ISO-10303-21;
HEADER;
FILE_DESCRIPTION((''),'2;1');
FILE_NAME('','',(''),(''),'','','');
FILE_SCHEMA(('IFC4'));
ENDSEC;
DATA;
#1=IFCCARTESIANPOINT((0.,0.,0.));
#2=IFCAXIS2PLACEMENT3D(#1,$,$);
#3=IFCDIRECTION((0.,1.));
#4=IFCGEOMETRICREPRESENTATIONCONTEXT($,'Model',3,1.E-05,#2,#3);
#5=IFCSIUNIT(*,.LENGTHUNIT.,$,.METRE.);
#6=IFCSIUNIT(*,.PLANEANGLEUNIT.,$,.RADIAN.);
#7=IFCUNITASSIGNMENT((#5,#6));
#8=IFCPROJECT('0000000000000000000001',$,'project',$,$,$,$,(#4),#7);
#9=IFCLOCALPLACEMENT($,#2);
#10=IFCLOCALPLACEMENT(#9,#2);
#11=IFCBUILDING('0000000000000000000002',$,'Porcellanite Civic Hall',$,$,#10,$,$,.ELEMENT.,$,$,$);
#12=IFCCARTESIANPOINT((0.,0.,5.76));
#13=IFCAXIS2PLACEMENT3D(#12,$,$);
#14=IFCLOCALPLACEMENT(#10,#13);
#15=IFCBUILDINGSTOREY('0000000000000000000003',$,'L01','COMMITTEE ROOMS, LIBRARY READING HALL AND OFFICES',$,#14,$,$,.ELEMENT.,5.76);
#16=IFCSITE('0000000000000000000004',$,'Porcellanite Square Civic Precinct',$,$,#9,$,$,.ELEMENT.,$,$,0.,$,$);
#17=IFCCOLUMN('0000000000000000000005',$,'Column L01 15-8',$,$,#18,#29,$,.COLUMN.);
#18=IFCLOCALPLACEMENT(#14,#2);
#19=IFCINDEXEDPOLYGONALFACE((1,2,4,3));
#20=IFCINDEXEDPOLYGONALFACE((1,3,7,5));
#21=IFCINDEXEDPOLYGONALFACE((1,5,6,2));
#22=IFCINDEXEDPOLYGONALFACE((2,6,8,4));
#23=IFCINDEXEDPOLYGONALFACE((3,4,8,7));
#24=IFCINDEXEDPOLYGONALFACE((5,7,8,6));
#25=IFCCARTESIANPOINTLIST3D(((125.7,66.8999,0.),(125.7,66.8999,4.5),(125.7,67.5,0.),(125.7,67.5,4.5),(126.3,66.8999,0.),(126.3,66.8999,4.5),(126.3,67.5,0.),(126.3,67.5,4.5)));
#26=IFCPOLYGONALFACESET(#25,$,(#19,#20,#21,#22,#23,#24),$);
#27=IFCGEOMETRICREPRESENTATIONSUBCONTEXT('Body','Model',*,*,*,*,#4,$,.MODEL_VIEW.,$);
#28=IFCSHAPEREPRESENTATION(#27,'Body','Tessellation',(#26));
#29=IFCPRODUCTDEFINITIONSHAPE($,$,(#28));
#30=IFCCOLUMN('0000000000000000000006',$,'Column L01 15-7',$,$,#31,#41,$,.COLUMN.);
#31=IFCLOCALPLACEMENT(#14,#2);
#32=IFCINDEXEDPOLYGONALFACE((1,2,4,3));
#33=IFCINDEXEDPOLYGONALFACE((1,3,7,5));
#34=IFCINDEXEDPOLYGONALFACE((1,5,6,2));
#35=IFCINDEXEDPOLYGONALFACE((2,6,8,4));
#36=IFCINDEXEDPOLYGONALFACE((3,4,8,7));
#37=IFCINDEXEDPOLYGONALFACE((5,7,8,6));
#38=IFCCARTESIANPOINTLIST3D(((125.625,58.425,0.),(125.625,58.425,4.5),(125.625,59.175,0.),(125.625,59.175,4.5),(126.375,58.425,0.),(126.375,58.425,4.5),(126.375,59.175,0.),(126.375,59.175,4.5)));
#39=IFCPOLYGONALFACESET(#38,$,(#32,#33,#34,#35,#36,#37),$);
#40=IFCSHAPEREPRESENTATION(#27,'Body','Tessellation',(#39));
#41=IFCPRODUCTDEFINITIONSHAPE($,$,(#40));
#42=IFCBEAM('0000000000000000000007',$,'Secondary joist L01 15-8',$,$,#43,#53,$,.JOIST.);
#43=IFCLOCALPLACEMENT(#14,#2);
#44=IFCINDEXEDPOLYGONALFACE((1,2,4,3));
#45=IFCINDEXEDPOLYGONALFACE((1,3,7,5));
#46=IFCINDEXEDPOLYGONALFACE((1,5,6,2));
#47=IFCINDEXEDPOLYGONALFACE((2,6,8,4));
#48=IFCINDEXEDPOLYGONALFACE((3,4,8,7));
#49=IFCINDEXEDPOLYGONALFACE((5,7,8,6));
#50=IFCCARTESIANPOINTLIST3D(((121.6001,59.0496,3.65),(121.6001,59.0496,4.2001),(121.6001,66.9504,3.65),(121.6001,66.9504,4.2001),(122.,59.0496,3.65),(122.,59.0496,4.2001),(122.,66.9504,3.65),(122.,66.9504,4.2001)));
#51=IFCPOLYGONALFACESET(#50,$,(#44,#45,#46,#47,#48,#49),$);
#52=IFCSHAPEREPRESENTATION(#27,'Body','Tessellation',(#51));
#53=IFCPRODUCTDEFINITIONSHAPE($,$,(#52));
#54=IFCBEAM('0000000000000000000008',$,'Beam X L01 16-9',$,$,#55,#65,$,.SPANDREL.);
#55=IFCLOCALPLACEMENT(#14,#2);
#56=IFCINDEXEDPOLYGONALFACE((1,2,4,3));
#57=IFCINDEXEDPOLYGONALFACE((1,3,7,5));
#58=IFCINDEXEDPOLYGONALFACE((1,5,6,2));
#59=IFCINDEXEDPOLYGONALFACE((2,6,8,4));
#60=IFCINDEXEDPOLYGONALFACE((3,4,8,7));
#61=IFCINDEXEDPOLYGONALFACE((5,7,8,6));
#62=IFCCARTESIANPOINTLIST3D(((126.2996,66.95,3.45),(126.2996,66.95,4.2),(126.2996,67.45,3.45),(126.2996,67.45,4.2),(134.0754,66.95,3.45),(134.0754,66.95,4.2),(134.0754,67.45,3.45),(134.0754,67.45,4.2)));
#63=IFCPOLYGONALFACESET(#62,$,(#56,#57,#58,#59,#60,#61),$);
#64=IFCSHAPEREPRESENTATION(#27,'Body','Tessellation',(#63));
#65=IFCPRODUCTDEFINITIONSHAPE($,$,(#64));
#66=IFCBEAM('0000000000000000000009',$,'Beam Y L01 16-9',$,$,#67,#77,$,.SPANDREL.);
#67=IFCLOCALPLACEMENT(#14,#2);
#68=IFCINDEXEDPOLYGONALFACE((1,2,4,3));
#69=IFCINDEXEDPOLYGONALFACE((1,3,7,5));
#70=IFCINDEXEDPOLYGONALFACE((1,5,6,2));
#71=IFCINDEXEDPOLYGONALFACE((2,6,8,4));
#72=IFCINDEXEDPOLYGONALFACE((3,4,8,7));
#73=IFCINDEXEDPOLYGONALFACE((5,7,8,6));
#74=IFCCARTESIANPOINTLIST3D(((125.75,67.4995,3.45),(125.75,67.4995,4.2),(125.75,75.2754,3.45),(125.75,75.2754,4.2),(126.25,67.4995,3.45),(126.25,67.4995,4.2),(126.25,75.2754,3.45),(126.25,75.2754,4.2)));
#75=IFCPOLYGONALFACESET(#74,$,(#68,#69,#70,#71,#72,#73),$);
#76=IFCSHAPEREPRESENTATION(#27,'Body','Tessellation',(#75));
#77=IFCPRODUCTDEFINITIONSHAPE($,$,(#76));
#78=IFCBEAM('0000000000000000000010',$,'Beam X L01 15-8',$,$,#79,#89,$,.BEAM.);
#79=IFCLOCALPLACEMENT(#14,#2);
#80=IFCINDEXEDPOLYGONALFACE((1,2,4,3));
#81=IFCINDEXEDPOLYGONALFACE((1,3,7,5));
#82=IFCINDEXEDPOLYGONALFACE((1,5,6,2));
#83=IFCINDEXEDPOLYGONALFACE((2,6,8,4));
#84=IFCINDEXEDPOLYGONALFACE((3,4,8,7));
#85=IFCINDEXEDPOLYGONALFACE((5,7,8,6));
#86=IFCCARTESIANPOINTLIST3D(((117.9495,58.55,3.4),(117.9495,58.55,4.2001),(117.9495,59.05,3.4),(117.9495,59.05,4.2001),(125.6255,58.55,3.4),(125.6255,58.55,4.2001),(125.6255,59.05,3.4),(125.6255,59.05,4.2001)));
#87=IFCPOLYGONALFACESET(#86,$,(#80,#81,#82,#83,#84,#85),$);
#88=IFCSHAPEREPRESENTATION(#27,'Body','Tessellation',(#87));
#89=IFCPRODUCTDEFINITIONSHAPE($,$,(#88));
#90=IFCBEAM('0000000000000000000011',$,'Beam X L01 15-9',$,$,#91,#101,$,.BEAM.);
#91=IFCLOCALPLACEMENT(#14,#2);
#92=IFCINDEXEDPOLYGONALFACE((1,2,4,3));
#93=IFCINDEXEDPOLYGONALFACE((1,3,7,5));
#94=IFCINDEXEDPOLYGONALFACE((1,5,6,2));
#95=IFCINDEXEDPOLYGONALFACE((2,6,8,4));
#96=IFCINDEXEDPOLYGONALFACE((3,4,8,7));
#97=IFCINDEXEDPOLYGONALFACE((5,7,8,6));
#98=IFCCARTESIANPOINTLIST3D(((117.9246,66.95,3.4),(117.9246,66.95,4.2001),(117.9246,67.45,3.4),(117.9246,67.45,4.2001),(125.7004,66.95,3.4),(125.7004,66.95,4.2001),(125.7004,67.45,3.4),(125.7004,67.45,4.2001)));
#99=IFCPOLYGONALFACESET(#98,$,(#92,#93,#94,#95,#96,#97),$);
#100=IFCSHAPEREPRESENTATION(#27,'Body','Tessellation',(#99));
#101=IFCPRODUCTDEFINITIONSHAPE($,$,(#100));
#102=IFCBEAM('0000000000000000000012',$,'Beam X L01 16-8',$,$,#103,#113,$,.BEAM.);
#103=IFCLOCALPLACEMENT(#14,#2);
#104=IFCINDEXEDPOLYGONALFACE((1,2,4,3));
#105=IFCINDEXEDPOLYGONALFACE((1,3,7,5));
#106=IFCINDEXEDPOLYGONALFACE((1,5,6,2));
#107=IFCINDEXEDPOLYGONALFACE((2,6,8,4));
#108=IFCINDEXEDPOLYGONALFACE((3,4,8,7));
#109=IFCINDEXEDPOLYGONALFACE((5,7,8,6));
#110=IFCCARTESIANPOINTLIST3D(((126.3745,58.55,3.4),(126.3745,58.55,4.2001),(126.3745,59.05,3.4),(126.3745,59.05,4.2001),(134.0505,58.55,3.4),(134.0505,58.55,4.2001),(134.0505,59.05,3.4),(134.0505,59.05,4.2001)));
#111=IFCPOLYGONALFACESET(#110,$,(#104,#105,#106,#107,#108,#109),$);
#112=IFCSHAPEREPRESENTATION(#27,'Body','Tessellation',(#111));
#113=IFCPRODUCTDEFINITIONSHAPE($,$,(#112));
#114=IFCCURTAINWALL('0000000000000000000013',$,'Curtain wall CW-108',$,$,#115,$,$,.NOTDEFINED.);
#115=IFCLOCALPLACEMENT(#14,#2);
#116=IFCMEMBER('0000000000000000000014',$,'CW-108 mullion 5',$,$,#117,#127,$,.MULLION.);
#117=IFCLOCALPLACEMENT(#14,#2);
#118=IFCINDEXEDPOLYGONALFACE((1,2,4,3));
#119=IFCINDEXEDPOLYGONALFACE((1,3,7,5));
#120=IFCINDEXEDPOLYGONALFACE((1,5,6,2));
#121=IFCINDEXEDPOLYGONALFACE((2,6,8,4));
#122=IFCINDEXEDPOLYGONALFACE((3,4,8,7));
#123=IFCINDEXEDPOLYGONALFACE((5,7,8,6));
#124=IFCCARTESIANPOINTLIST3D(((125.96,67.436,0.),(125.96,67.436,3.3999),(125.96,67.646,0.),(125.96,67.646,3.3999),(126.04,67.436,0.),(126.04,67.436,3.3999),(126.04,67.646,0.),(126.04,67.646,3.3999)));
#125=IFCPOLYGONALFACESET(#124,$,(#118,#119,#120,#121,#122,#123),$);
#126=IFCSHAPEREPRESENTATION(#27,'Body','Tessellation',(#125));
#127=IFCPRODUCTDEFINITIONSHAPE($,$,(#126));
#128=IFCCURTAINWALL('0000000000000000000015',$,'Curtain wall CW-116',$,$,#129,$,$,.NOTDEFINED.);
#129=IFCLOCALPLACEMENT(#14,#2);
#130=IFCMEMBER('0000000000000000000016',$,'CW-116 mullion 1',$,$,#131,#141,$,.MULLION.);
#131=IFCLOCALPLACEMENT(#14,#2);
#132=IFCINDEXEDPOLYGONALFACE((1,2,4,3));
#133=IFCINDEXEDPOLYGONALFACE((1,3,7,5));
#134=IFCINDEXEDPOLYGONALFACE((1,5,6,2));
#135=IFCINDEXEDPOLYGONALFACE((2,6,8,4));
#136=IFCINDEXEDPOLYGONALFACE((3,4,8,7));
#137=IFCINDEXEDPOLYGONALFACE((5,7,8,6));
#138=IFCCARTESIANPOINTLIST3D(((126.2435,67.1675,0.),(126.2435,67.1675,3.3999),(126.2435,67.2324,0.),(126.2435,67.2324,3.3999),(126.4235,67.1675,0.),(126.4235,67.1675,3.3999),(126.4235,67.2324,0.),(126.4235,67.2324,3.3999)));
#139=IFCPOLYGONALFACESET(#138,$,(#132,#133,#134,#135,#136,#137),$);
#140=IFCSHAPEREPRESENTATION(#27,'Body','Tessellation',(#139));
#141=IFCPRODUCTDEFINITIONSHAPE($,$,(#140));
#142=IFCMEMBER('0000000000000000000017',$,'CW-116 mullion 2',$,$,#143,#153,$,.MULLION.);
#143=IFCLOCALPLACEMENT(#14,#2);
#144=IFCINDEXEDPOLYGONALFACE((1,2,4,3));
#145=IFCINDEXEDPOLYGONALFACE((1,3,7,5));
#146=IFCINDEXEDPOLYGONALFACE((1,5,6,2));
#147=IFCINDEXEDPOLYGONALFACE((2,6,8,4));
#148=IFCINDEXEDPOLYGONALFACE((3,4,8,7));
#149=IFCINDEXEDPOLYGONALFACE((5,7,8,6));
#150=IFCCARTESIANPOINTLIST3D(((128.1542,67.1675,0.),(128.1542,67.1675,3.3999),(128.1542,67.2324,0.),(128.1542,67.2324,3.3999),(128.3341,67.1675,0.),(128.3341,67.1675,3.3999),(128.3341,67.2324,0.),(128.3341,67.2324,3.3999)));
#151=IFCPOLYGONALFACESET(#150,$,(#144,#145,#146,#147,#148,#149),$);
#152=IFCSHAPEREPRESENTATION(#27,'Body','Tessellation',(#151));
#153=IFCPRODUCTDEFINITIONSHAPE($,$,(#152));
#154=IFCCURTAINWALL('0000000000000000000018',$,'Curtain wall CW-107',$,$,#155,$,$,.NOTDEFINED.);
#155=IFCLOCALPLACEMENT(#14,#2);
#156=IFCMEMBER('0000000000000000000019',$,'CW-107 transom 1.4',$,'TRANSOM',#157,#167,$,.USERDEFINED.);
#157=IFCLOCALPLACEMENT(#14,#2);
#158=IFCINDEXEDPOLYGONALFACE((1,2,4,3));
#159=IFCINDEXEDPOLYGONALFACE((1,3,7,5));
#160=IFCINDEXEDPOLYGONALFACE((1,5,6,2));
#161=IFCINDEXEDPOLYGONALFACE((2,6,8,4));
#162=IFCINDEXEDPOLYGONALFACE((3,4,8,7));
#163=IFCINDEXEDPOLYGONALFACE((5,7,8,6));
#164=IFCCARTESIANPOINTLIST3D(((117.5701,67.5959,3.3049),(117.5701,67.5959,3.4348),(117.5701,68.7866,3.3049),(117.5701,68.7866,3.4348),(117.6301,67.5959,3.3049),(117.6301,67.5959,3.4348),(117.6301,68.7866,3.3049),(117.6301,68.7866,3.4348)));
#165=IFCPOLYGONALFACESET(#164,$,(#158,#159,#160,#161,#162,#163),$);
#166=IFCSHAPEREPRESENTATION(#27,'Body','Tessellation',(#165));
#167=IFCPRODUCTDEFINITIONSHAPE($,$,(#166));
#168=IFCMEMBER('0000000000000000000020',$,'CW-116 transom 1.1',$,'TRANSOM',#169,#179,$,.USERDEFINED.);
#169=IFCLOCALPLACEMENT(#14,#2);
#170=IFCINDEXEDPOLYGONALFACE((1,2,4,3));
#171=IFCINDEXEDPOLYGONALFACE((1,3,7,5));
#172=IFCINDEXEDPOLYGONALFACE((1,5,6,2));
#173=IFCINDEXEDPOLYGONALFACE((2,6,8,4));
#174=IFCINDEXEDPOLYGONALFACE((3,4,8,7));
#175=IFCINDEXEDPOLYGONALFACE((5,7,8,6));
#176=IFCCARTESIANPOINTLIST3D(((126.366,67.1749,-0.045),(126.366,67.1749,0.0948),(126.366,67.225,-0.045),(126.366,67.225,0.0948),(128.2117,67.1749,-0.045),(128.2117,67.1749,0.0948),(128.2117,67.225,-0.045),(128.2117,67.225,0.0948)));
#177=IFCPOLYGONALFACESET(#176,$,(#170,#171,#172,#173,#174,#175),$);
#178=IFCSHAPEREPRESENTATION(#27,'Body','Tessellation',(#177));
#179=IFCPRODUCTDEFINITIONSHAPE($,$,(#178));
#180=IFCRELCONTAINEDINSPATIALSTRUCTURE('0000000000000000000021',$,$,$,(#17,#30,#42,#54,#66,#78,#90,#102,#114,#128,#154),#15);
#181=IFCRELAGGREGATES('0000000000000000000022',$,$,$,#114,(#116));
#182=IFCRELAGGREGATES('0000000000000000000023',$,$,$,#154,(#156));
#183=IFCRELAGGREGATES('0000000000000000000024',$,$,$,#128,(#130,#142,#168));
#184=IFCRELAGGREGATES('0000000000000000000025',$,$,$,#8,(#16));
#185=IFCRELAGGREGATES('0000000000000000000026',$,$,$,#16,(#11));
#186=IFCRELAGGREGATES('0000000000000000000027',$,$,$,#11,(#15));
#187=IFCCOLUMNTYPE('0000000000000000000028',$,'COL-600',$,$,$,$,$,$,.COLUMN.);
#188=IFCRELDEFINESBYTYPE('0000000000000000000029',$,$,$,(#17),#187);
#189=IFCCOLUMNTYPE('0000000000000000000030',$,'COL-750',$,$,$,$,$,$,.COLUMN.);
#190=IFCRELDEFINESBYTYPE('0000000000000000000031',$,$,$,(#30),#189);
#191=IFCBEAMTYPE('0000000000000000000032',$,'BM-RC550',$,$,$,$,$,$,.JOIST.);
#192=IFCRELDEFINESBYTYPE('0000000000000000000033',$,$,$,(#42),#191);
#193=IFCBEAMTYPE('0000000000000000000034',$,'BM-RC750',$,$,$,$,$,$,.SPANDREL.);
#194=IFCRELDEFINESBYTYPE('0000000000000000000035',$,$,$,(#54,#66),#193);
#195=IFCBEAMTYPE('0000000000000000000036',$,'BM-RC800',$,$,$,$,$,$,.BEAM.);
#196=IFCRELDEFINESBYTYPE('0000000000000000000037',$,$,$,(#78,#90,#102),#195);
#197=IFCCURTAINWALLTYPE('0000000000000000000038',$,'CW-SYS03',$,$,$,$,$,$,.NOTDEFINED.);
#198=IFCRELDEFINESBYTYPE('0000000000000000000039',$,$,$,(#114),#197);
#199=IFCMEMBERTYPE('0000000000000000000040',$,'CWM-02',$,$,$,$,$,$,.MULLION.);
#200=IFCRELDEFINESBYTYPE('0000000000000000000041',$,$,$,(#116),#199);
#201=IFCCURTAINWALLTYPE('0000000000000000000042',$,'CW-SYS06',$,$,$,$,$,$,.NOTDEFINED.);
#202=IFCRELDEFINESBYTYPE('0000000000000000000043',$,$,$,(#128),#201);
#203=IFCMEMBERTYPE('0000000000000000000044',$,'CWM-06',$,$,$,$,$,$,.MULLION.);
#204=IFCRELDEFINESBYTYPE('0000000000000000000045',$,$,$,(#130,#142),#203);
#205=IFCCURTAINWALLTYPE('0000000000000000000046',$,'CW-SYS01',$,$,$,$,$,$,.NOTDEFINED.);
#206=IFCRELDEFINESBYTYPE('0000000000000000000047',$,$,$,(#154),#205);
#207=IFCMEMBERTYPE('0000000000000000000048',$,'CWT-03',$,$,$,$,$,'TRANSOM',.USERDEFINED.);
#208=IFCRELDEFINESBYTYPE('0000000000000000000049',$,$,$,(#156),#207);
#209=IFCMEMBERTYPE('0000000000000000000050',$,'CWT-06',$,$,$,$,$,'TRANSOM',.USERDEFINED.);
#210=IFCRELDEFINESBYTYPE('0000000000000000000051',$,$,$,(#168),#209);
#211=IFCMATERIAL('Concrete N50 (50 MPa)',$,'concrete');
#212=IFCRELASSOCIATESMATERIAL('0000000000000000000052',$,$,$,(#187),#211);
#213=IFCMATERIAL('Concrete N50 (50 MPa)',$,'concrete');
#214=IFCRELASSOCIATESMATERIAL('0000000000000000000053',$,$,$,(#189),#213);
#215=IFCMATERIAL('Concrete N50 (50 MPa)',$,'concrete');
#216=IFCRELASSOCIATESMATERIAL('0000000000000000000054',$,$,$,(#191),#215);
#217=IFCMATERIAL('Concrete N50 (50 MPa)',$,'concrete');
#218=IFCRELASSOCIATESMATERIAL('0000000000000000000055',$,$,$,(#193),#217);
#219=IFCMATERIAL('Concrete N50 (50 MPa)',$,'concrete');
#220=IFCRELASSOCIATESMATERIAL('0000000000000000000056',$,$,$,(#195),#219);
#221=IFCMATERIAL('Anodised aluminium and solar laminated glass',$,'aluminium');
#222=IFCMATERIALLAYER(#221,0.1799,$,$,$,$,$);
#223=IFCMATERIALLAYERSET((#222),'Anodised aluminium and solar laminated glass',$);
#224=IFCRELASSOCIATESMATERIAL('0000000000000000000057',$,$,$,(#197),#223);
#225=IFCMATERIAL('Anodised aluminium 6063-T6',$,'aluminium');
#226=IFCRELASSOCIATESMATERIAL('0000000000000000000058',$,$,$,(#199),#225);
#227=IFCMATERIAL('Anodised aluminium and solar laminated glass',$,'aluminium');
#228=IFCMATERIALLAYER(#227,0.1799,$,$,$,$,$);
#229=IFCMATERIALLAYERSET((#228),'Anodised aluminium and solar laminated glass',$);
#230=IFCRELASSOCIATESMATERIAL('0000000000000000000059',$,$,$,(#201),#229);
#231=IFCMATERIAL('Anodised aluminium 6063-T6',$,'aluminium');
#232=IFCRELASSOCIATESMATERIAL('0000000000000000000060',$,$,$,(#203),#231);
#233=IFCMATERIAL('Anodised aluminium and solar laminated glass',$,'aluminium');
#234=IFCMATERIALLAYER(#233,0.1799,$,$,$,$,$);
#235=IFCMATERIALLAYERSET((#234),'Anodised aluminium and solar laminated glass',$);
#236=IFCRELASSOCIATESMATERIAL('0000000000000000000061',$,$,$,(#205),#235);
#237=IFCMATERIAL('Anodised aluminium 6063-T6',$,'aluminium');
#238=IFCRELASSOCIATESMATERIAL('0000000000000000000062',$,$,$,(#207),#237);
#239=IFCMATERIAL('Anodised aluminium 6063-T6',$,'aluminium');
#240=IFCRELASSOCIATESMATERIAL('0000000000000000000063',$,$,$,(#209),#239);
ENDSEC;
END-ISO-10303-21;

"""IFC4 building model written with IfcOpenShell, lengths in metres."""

from ifc_helpers import new_model, si_unit, direction, frame, origin, origin_2d, place, context, subcontext, project, spatial, rectangle, extrude, material, layer, layer_set, material_profile, profile_set, type_object, element, aggregate, save


model = new_model("IFC4")

# Units and contexts
model_context = context("Model", 3, precision=1e-05, world=origin(), true_north=direction((0.0, 1.0)))
body_context = subcontext(model_context, "Body", "Model", "MODEL_VIEW")
ifc_project = project(units=[si_unit("LENGTHUNIT", "METRE"), si_unit("PLANEANGLEUNIT", "RADIAN")], contexts=[model_context])

# Site, building, storey
site_placement = place(None, origin())
site = spatial("IfcSite", under=ifc_project, at=site_placement, Name="Porcellanite Square Civic Precinct", CompositionType="ELEMENT", RefElevation=0.0)
building_placement = place(site_placement, origin())
building = spatial("IfcBuilding", under=site, at=building_placement, Name="Porcellanite Civic Hall", CompositionType="ELEMENT")
storey_placement = place(building_placement, frame((0.0, 0.0, 5.76)))
storey = spatial("IfcBuildingStorey", under=building, at=storey_placement, Name="L01", Description="COMMITTEE ROOMS, LIBRARY READING HALL AND OFFICES", CompositionType="ELEMENT", Elevation=5.76)

# Columns
ifc_material_1 = material(Name="Concrete N50 (50 MPa)", Category="concrete")
ifc_material_profile_1 = material_profile(ifc_material_1, rectangle(XDim=0.6001, YDim=0.6001, at=origin_2d()), Name="RC-600x600")
ifc_profile_set_1 = profile_set([ifc_material_profile_1], Name="Concrete N50 (50 MPa)")
column_type_1 = type_object("IfcColumnType", Name="COL-600", PredefinedType="COLUMN", material=ifc_profile_set_1)
column_1_placement = place(storey_placement, frame((126.0, 67.2, 0.0), z_axis=(0.0, 0.0, 1.0), x_axis=(1.0, 0.0, 0.0)))
element("IfcColumn", 1, at=column_1_placement, inside=storey, type_object=column_type_1, Name="Column L01 15-8", PredefinedType="COLUMN", context=body_context, shape_type="SweptSolid", body=[
    extrude(rectangle(XDim=0.6001, YDim=0.6001, at=origin_2d()), origin(), (0.0, 0.0, 1.0), 4.5),
])
ifc_material_2 = material(Name="Concrete N50 (50 MPa)", Category="concrete")
ifc_material_profile_2 = material_profile(ifc_material_2, rectangle(XDim=0.75, YDim=0.75, at=origin_2d()), Name="RC-750x750")
ifc_profile_set_2 = profile_set([ifc_material_profile_2], Name="Concrete N50 (50 MPa)")
column_type_2 = type_object("IfcColumnType", Name="COL-750", PredefinedType="COLUMN", material=ifc_profile_set_2)
column_2_placement = place(storey_placement, frame((126.0, 58.8, 0.0), z_axis=(0.0, 0.0, 1.0), x_axis=(1.0, 0.0, 0.0)))
element("IfcColumn", 2, at=column_2_placement, inside=storey, type_object=column_type_2, Name="Column L01 15-7", PredefinedType="COLUMN", context=body_context, shape_type="SweptSolid", body=[
    extrude(rectangle(XDim=0.75, YDim=0.75, at=origin_2d()), origin(), (0.0, 0.0, 1.0), 4.5),
])

# Beams
ifc_material_3 = material(Name="Concrete N50 (50 MPa)", Category="concrete")
ifc_material_profile_3 = material_profile(ifc_material_3, rectangle(XDim=0.3999, YDim=0.55, at=origin_2d()), Name="RC-400x550")
ifc_profile_set_3 = profile_set([ifc_material_profile_3], Name="Concrete N50 (50 MPa)")
beam_type_1 = type_object("IfcBeamType", Name="BM-RC550", PredefinedType="JOIST", material=ifc_profile_set_3)
beam_1_placement = place(storey_placement, frame((121.8, 59.0496, 3.925), z_axis=(0.0, 1.0, 0.0), x_axis=(-1.0, 0.0, 0.0)))
element("IfcBeam", 3, at=beam_1_placement, inside=storey, type_object=beam_type_1, Name="Secondary joist L01 15-8", PredefinedType="JOIST", context=body_context, shape_type="SweptSolid", body=[
    extrude(rectangle(XDim=0.3999, YDim=0.55, at=origin_2d()), origin(), (0.0, 0.0, 1.0), 7.9009),
])
ifc_material_4 = material(Name="Concrete N50 (50 MPa)", Category="concrete")
ifc_material_profile_4 = material_profile(ifc_material_4, rectangle(XDim=0.5, YDim=0.75, at=origin_2d()), Name="RC-500x750")
ifc_profile_set_4 = profile_set([ifc_material_profile_4], Name="Concrete N50 (50 MPa)")
beam_type_2 = type_object("IfcBeamType", Name="BM-RC750", PredefinedType="SPANDREL", material=ifc_profile_set_4)
for number, where, z_axis, x_axis, name in (
    (4, (126.2996, 67.2, 3.825), (1.0, 0.0, 0.0), (0.0, 1.0, 0.0), "Beam X L01 16-9"),
    (5, (126.0, 67.4995, 3.825), (0.0, 1.0, 0.0), (-1.0, 0.0, 0.0), "Beam Y L01 16-9"),
):
    element("IfcBeam", number, at=place(storey_placement, frame(where, z_axis=z_axis, x_axis=x_axis)), inside=storey, type_object=beam_type_2, Name=name, PredefinedType="SPANDREL", context=body_context, shape_type="SweptSolid", body=[
        extrude(rectangle(XDim=0.5, YDim=0.75, at=origin_2d()), origin(), (0.0, 0.0, 1.0), 7.7759),
    ])
ifc_material_5 = material(Name="Concrete N50 (50 MPa)", Category="concrete")
ifc_material_profile_5 = material_profile(ifc_material_5, rectangle(XDim=0.5, YDim=0.8, at=origin_2d()), Name="RC-500x800")
ifc_profile_set_5 = profile_set([ifc_material_profile_5], Name="Concrete N50 (50 MPa)")
beam_type_3 = type_object("IfcBeamType", Name="BM-RC800", PredefinedType="BEAM", material=ifc_profile_set_5)
beam_2_placement = place(storey_placement, frame((117.9495, 58.8, 3.8), z_axis=(1.0, 0.0, 0.0), x_axis=(0.0, 1.0, 0.0)))
element("IfcBeam", 6, at=beam_2_placement, inside=storey, type_object=beam_type_3, Name="Beam X L01 15-8", PredefinedType="BEAM", context=body_context, shape_type="SweptSolid", body=[
    extrude(rectangle(XDim=0.5, YDim=0.8, at=origin_2d()), origin(), (0.0, 0.0, 1.0), 7.676),
])
beam_3_placement = place(storey_placement, frame((117.9246, 67.2, 3.8), z_axis=(1.0, 0.0, 0.0), x_axis=(0.0, 1.0, 0.0)))
element("IfcBeam", 7, at=beam_3_placement, inside=storey, type_object=beam_type_3, Name="Beam X L01 15-9", PredefinedType="BEAM", context=body_context, shape_type="SweptSolid", body=[
    extrude(rectangle(XDim=0.5, YDim=0.8, at=origin_2d()), origin(), (0.0, 0.0, 1.0), 7.7759),
])
beam_4_placement = place(storey_placement, frame((126.3745, 58.8, 3.8), z_axis=(1.0, 0.0, 0.0), x_axis=(0.0, 1.0, 0.0)))
element("IfcBeam", 8, at=beam_4_placement, inside=storey, type_object=beam_type_3, Name="Beam X L01 16-8", PredefinedType="BEAM", context=body_context, shape_type="SweptSolid", body=[
    extrude(rectangle(XDim=0.5, YDim=0.8, at=origin_2d()), origin(), (0.0, 0.0, 1.0), 7.676),
])

# Curtain wall, member
ifc_material_6 = material(Name="Anodised aluminium and solar laminated glass", Category="aluminium")
ifc_layer_1 = layer(ifc_material_6, 0.1799)
ifc_layer_set_1 = layer_set([ifc_layer_1], Name="Anodised aluminium and solar laminated glass")
curtain_wall_type_1 = type_object("IfcCurtainWallType", Name="CW-SYS03", PredefinedType="NOTDEFINED", material=ifc_layer_set_1)
curtain_wall_1_placement = place(storey_placement, origin())
curtain_wall_1 = element("IfcCurtainWall", 9, at=curtain_wall_1_placement, inside=storey, type_object=curtain_wall_type_1, Name="Curtain wall CW-108", PredefinedType="NOTDEFINED")
ifc_material_7 = material(Name="Anodised aluminium 6063-T6", Category="aluminium")
ifc_material_profile_6 = material_profile(ifc_material_7, rectangle(XDim=0.0801, YDim=0.21, at=origin_2d()), Name="AL-80x210")
ifc_profile_set_6 = profile_set([ifc_material_profile_6], Name="Anodised aluminium 6063-T6")
member_type_1 = type_object("IfcMemberType", Name="CWM-02", PredefinedType="MULLION", material=ifc_profile_set_6)
member_1_placement = place(storey_placement, frame((126.0, 67.541, 0.0), z_axis=(0.0, 0.0, 1.0), x_axis=(1.0, 0.0, 0.0)))
member_1 = element("IfcMember", 10, at=member_1_placement, type_object=member_type_1, Name="CW-108 mullion 5", PredefinedType="MULLION", context=body_context, shape_type="SweptSolid", body=[
    extrude(rectangle(XDim=0.0801, YDim=0.21, at=origin_2d()), origin(), (0.0, 0.0, 1.0), 3.3999),
])
aggregate(curtain_wall_1, [member_1])

# Curtain wall, members
ifc_material_8 = material(Name="Anodised aluminium and solar laminated glass", Category="aluminium")
ifc_layer_2 = layer(ifc_material_8, 0.1799)
ifc_layer_set_2 = layer_set([ifc_layer_2], Name="Anodised aluminium and solar laminated glass")
curtain_wall_type_2 = type_object("IfcCurtainWallType", Name="CW-SYS06", PredefinedType="NOTDEFINED", material=ifc_layer_set_2)
curtain_wall_2_placement = place(storey_placement, origin())
curtain_wall_2 = element("IfcCurtainWall", 11, at=curtain_wall_2_placement, inside=storey, type_object=curtain_wall_type_2, Name="Curtain wall CW-116", PredefinedType="NOTDEFINED")
ifc_material_9 = material(Name="Anodised aluminium 6063-T6", Category="aluminium")
ifc_material_profile_7 = material_profile(ifc_material_9, rectangle(XDim=0.0649, YDim=0.1799, at=origin_2d()), Name="AL-65x180")
ifc_profile_set_7 = profile_set([ifc_material_profile_7], Name="Anodised aluminium 6063-T6")
member_type_2 = type_object("IfcMemberType", Name="CWM-06", PredefinedType="MULLION", material=ifc_profile_set_7)
member_2_placement = place(storey_placement, frame((126.3335, 67.2, 0.0), z_axis=(0.0, 0.0, 1.0), x_axis=(0.0, 1.0, 0.0)))
member_2 = element("IfcMember", 12, at=member_2_placement, type_object=member_type_2, Name="CW-116 mullion 1", PredefinedType="MULLION", context=body_context, shape_type="SweptSolid", body=[
    extrude(rectangle(XDim=0.0649, YDim=0.1799, at=origin_2d()), origin(), (0.0, 0.0, 1.0), 3.3999),
])
member_3_placement = place(storey_placement, frame((128.2441, 67.2, 0.0), z_axis=(0.0, 0.0, 1.0), x_axis=(0.0, 1.0, 0.0)))
member_3 = element("IfcMember", 13, at=member_3_placement, type_object=member_type_2, Name="CW-116 mullion 2", PredefinedType="MULLION", context=body_context, shape_type="SweptSolid", body=[
    extrude(rectangle(XDim=0.0649, YDim=0.1799, at=origin_2d()), origin(), (0.0, 0.0, 1.0), 3.3999),
])

# Curtain wall, member
ifc_material_10 = material(Name="Anodised aluminium and solar laminated glass", Category="aluminium")
ifc_layer_3 = layer(ifc_material_10, 0.1799)
ifc_layer_set_3 = layer_set([ifc_layer_3], Name="Anodised aluminium and solar laminated glass")
curtain_wall_type_3 = type_object("IfcCurtainWallType", Name="CW-SYS01", PredefinedType="NOTDEFINED", material=ifc_layer_set_3)
curtain_wall_3_placement = place(storey_placement, origin())
curtain_wall_3 = element("IfcCurtainWall", 14, at=curtain_wall_3_placement, inside=storey, type_object=curtain_wall_type_3, Name="Curtain wall CW-107", PredefinedType="NOTDEFINED")
ifc_material_11 = material(Name="Anodised aluminium 6063-T6", Category="aluminium")
ifc_material_profile_8 = material_profile(ifc_material_11, rectangle(XDim=0.0601, YDim=0.1299, at=origin_2d()), Name="AL-60x130")
ifc_profile_set_8 = profile_set([ifc_material_profile_8], Name="Anodised aluminium 6063-T6")
member_type_3 = type_object("IfcMemberType", Name="CWT-03", ElementType="TRANSOM", PredefinedType="USERDEFINED", material=ifc_profile_set_8)
member_4_placement = place(storey_placement, frame((117.6001, 67.5959, 3.3699), z_axis=(0.0, 1.0, 0.0), x_axis=(-1.0, 0.0, 0.0)))
member_4 = element("IfcMember", 15, at=member_4_placement, type_object=member_type_3, Name="CW-107 transom 1.4", ObjectType="TRANSOM", PredefinedType="USERDEFINED", context=body_context, shape_type="SweptSolid", body=[
    extrude(rectangle(XDim=0.0601, YDim=0.1299, at=origin_2d()), origin(), (0.0, 0.0, 1.0), 1.1907),
])
aggregate(curtain_wall_3, [member_4])

# Member
ifc_material_12 = material(Name="Anodised aluminium 6063-T6", Category="aluminium")
ifc_material_profile_9 = material_profile(ifc_material_12, rectangle(XDim=0.05, YDim=0.1399, at=origin_2d()), Name="AL-50x140")
ifc_profile_set_9 = profile_set([ifc_material_profile_9], Name="Anodised aluminium 6063-T6")
member_type_4 = type_object("IfcMemberType", Name="CWT-06", ElementType="TRANSOM", PredefinedType="USERDEFINED", material=ifc_profile_set_9)
member_5_placement = place(storey_placement, frame((126.366, 67.2, 0.0249), z_axis=(1.0, 0.0, 0.0), x_axis=(0.0, 1.0, 0.0)))
member_5 = element("IfcMember", 16, at=member_5_placement, type_object=member_type_4, Name="CW-116 transom 1.1", ObjectType="TRANSOM", PredefinedType="USERDEFINED", context=body_context, shape_type="SweptSolid", body=[
    extrude(rectangle(XDim=0.05, YDim=0.1399, at=origin_2d()), origin(), (0.0, 0.0, 1.0), 1.8457),
])

aggregate(curtain_wall_2, [member_2, member_3, member_5])

save(model, "model.ifc")
